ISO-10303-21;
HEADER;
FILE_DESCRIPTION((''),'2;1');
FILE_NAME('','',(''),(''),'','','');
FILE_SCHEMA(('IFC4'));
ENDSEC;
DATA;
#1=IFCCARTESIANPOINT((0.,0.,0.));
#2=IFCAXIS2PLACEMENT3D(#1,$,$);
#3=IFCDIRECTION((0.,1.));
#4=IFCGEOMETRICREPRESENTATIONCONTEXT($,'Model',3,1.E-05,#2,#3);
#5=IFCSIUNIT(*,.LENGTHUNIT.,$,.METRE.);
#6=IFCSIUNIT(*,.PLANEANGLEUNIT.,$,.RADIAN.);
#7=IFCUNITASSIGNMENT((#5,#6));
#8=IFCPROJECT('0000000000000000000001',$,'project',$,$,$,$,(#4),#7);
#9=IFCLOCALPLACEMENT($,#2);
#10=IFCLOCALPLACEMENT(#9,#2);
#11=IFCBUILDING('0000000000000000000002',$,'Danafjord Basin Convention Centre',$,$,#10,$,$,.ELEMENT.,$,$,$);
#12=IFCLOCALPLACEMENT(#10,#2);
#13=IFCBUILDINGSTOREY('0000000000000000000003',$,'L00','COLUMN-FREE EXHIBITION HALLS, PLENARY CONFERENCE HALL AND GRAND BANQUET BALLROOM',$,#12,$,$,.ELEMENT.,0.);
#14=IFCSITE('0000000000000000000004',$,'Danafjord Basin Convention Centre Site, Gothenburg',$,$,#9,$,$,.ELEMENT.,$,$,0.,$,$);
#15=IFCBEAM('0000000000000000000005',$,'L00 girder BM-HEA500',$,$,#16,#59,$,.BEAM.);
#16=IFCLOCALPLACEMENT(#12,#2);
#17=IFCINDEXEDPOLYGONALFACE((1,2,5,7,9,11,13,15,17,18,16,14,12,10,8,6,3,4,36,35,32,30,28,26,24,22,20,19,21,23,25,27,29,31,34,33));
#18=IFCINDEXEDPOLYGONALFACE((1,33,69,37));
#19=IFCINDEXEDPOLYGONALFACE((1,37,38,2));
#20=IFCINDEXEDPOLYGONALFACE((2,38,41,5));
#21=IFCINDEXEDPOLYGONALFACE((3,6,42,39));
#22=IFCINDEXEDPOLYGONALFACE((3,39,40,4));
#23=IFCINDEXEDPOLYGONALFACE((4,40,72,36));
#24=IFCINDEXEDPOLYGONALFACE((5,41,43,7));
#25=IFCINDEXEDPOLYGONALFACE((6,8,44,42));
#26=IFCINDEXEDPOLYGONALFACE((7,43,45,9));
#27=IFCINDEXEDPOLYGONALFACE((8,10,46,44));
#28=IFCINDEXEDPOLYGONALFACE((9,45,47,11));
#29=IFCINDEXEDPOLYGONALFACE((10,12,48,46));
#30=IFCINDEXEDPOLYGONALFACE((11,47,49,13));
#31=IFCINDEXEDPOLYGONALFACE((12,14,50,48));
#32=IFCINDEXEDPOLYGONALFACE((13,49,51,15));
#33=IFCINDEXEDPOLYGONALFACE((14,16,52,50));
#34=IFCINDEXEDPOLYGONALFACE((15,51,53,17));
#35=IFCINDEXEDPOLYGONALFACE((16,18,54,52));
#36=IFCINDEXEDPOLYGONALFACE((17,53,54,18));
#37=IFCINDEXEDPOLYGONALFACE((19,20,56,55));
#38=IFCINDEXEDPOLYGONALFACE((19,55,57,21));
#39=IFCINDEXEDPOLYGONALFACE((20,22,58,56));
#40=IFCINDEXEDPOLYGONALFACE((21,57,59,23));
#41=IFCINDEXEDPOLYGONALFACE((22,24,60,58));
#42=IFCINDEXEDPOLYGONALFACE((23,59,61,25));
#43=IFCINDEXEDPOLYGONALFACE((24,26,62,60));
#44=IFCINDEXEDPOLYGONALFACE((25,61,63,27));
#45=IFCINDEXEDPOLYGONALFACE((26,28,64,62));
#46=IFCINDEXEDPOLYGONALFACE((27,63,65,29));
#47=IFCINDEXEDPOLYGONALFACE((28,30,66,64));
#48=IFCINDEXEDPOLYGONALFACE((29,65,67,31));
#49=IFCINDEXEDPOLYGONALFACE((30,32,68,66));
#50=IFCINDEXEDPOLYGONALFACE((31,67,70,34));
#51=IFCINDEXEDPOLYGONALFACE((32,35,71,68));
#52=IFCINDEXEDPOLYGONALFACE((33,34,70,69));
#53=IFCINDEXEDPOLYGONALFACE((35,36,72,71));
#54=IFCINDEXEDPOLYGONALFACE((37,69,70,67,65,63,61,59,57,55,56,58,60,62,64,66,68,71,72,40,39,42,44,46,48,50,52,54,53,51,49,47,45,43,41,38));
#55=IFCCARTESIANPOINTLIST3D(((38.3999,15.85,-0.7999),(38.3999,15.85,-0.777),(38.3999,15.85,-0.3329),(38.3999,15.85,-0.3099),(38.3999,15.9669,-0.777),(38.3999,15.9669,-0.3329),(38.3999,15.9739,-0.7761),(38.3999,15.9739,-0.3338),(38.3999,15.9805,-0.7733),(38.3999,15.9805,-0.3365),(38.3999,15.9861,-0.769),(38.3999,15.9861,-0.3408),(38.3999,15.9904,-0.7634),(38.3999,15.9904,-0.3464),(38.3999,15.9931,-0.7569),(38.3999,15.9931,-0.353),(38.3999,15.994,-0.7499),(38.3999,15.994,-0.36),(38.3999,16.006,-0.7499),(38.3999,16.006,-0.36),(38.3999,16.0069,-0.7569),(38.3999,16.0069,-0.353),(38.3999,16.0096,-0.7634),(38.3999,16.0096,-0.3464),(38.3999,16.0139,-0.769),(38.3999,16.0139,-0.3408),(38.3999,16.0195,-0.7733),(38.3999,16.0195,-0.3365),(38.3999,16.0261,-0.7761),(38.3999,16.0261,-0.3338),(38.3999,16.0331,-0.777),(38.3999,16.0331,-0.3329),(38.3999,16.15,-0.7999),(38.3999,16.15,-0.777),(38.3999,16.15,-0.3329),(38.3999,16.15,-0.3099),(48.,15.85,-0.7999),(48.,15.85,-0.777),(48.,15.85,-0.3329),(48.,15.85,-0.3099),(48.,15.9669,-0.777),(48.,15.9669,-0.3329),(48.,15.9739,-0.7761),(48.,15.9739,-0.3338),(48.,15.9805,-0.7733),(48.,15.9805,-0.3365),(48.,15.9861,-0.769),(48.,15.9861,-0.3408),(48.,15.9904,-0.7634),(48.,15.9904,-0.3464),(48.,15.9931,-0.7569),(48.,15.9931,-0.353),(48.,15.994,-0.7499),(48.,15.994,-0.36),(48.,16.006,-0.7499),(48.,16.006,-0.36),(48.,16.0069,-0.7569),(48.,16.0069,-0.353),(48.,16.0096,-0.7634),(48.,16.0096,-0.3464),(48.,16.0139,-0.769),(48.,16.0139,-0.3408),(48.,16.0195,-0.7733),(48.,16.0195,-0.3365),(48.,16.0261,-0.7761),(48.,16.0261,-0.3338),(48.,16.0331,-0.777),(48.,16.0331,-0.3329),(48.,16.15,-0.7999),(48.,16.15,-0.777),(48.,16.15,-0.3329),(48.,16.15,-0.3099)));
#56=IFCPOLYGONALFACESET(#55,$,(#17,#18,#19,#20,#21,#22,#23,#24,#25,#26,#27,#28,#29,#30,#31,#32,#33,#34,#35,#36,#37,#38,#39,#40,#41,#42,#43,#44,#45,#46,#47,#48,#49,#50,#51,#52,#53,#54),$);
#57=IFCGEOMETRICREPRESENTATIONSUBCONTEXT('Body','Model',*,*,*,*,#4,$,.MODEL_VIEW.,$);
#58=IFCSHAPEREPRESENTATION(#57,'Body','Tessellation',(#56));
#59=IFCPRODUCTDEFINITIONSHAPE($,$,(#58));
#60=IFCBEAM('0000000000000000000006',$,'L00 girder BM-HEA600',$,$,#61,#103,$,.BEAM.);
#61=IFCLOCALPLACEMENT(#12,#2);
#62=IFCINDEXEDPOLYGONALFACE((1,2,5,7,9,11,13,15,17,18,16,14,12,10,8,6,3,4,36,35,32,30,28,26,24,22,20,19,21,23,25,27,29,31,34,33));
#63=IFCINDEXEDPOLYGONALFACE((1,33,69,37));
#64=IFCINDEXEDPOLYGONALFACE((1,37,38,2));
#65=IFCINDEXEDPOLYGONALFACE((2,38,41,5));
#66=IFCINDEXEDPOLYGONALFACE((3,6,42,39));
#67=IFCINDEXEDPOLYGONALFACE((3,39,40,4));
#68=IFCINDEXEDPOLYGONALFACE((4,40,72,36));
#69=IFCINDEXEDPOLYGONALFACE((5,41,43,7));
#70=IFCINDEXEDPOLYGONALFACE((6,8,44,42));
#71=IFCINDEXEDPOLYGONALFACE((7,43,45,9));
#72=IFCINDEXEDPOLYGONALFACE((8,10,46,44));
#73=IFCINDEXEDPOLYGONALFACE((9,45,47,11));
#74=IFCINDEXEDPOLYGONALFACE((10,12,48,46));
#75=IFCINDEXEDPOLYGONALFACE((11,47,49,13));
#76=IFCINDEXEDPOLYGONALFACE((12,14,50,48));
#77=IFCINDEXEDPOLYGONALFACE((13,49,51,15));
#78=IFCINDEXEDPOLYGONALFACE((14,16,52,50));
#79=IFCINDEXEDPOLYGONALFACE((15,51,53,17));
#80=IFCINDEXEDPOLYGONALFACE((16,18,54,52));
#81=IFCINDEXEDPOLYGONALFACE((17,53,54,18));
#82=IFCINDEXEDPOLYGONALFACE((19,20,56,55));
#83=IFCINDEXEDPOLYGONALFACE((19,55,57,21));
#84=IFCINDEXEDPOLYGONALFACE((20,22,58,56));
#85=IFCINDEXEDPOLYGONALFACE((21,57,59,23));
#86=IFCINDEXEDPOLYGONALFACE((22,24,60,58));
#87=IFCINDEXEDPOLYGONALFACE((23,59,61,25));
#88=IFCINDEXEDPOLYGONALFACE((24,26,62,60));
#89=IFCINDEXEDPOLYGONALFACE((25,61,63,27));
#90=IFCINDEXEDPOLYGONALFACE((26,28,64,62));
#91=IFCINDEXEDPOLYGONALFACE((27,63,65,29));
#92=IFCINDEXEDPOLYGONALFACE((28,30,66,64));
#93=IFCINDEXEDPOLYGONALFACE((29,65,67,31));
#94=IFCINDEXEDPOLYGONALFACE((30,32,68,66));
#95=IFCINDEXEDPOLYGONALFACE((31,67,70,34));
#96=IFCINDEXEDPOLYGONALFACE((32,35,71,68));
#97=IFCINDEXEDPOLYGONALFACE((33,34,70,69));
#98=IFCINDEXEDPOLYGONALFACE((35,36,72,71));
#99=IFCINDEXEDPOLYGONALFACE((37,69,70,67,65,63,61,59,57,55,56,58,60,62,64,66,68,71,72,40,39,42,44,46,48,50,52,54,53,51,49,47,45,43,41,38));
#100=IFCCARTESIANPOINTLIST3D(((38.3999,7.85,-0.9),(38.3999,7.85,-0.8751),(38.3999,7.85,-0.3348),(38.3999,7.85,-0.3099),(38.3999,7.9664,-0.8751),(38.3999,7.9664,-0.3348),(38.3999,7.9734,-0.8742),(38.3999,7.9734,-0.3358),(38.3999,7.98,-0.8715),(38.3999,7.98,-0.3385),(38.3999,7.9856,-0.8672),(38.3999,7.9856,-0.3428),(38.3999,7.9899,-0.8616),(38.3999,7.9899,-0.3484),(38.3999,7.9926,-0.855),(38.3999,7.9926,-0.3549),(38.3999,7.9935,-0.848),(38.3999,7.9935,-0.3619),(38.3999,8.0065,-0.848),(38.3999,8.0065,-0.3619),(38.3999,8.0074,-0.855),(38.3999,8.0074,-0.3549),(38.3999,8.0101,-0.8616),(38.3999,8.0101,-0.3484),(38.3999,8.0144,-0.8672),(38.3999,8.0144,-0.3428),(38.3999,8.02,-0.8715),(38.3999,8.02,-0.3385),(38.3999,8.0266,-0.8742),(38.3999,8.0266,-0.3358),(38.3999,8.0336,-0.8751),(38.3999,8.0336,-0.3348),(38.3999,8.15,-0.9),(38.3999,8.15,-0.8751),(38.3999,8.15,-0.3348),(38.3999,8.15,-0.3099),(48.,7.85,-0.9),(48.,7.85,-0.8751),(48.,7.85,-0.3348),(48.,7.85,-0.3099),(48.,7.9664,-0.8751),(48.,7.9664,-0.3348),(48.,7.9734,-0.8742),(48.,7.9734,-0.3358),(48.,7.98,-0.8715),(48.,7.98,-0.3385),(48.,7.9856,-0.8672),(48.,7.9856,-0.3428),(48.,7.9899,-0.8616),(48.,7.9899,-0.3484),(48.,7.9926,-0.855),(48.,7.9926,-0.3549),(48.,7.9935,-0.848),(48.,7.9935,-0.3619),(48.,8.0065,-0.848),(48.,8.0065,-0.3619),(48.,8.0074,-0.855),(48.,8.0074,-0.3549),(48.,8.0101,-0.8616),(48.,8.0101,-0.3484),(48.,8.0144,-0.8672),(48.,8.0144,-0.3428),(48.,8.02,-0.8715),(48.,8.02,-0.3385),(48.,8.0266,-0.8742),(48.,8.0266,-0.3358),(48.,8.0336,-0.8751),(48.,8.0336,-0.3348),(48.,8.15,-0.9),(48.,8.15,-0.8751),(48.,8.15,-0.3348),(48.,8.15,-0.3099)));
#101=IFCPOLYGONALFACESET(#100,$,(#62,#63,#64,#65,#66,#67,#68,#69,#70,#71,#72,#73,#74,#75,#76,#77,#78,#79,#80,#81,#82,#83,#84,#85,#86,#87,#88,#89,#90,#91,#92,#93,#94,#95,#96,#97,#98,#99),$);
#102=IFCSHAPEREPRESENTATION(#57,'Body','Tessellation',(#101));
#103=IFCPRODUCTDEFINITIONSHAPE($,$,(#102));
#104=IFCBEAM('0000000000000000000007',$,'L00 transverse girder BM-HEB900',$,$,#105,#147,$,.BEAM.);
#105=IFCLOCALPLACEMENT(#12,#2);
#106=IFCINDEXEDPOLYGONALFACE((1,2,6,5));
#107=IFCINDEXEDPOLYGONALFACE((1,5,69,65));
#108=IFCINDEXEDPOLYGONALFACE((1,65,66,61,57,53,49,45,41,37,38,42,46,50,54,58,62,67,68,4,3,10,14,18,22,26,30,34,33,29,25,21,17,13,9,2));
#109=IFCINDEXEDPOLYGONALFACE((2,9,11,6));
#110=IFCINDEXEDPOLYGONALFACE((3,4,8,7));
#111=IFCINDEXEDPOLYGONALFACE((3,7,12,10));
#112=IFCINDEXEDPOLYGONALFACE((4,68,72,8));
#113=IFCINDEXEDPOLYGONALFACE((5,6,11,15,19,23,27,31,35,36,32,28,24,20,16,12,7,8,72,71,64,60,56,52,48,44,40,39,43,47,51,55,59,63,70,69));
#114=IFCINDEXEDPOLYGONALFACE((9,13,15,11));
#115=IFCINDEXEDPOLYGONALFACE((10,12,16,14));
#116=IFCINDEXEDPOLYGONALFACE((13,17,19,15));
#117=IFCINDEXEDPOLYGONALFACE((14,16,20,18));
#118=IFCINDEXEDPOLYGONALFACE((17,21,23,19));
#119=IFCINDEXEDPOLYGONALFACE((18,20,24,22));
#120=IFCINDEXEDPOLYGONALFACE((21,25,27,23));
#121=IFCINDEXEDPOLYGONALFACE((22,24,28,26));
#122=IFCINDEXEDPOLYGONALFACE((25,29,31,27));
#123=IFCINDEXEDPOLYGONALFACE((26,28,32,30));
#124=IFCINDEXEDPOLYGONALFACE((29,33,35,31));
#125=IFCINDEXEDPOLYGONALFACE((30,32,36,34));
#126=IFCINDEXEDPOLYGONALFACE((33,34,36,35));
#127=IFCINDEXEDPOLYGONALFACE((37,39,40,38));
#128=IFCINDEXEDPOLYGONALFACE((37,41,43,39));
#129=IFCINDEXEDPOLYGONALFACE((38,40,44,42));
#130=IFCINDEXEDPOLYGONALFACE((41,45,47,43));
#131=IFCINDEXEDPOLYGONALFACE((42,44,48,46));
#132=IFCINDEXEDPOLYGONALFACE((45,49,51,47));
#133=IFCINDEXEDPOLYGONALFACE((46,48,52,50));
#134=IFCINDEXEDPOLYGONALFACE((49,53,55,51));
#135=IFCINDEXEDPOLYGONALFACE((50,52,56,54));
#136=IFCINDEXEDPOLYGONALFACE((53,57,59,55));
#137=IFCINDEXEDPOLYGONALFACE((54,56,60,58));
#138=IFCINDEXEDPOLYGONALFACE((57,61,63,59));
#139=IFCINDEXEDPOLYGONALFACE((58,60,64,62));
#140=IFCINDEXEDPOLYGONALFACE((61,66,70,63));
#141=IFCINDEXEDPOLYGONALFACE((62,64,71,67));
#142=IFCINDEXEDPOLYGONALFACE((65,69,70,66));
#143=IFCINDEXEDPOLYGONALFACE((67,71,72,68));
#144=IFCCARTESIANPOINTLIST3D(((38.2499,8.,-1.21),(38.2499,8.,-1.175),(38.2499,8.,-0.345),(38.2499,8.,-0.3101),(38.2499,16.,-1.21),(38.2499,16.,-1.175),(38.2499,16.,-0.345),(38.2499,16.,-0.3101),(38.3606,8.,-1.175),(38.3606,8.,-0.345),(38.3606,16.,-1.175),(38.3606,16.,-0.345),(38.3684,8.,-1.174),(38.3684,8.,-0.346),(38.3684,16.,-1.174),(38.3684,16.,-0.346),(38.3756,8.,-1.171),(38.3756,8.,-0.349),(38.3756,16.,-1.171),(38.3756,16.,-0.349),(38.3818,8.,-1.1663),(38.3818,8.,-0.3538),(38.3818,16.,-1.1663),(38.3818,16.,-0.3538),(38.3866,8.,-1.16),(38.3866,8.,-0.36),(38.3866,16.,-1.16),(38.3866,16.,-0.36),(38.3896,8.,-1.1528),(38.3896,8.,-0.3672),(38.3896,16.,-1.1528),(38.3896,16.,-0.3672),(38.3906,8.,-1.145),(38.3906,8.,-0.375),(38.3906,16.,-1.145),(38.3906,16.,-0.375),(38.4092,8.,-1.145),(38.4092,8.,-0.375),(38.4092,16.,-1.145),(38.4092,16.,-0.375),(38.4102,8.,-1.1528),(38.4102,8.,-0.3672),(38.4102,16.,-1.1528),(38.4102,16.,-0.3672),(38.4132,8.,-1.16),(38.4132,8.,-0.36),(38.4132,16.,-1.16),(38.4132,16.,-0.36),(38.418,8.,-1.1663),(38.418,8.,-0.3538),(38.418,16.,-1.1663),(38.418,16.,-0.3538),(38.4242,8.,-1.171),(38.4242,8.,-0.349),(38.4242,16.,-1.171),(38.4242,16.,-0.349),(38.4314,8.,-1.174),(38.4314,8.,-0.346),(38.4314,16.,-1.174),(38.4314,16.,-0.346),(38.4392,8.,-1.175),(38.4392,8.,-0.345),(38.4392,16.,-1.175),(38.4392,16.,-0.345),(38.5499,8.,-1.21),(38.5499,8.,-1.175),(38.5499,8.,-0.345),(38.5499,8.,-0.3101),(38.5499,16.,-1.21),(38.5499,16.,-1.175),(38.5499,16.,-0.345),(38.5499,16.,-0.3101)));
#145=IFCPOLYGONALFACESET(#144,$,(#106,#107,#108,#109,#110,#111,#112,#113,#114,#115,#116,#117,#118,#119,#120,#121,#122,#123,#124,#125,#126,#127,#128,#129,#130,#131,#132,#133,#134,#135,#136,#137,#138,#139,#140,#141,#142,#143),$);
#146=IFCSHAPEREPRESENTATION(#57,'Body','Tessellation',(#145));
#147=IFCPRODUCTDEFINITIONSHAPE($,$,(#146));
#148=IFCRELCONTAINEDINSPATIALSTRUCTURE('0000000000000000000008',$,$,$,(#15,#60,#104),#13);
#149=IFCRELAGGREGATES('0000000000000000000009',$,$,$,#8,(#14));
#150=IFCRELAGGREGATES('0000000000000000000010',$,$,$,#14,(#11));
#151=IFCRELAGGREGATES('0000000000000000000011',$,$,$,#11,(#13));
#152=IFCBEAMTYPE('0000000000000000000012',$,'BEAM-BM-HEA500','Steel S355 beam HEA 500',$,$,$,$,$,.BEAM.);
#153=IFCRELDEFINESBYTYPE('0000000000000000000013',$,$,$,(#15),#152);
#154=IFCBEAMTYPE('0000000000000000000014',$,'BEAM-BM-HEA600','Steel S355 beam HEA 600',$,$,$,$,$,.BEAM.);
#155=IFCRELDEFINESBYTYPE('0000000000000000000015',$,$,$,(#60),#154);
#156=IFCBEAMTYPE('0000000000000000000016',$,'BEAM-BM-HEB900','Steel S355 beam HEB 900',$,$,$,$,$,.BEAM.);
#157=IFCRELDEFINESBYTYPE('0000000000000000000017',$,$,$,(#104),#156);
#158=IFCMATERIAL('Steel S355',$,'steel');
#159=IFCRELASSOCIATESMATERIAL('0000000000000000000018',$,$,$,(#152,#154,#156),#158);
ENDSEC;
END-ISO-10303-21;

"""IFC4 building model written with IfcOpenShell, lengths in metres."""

from ifc_helpers import new_model, si_unit, direction, frame, origin, origin_2d, place, context, subcontext, project, spatial, i_section, extrude, material, material_profile, profile_set, type_object, element, save


model = new_model("IFC4")

# Units and contexts
model_context = context("Model", 3, precision=1e-05, world=origin(), true_north=direction((0.0, 1.0)))
body_context = subcontext(model_context, "Body", "Model", "MODEL_VIEW")
ifc_project = project(units=[si_unit("LENGTHUNIT", "METRE"), si_unit("PLANEANGLEUNIT", "RADIAN")], contexts=[model_context])

# Site, building, storey
site_placement = place(None, origin())
site = spatial("IfcSite", under=ifc_project, at=site_placement, Name="Danafjord Basin Convention Centre Site, Gothenburg", CompositionType="ELEMENT", RefElevation=0.0)
building_placement = place(site_placement, origin())
building = spatial("IfcBuilding", under=site, at=building_placement, Name="Danafjord Basin Convention Centre", CompositionType="ELEMENT")
storey_placement = place(building_placement, origin())
storey = spatial("IfcBuildingStorey", under=building, at=storey_placement, Name="L00", Description="COLUMN-FREE EXHIBITION HALLS, PLENARY CONFERENCE HALL AND GRAND BANQUET BALLROOM", CompositionType="ELEMENT", Elevation=0.0)

# Shared definitions
ifc_material_1 = material(Name="Steel S355", Category="steel")

# Beams
ifc_material_profile_1 = material_profile(ifc_material_1, i_section(OverallWidth=0.3, OverallDepth=0.49, WebThickness=0.012, FlangeThickness=0.0229, FilletRadius=0.0271, at=origin_2d()), Name="HEA 500")
ifc_profile_set_1 = profile_set([ifc_material_profile_1], Name="Steel S355")
beam_type_1 = type_object("IfcBeamType", Name="BEAM-BM-HEA500", Description="Steel S355 beam HEA 500", PredefinedType="BEAM", material=ifc_profile_set_1)
beam_1_placement = place(storey_placement, frame((38.3999, 16.0, -0.5549), z_axis=(1.0, 0.0, 0.0), x_axis=(0.0, 1.0, 0.0)))
element("IfcBeam", 1, at=beam_1_placement, inside=storey, type_object=beam_type_1, Name="L00 girder BM-HEA500", PredefinedType="BEAM", context=body_context, shape_type="SweptSolid", body=[
    extrude(i_section(OverallWidth=0.3, OverallDepth=0.49, WebThickness=0.012, FlangeThickness=0.0229, FilletRadius=0.0271, at=origin_2d()), origin(), (0.0, 0.0, 1.0), 9.6001),
])
ifc_material_profile_2 = material_profile(ifc_material_1, i_section(OverallWidth=0.3, OverallDepth=0.5901, WebThickness=0.0129, FlangeThickness=0.0249, FilletRadius=0.0271, at=origin_2d()), Name="HEA 600")
ifc_profile_set_2 = profile_set([ifc_material_profile_2], Name="Steel S355")
beam_type_2 = type_object("IfcBeamType", Name="BEAM-BM-HEA600", Description="Steel S355 beam HEA 600", PredefinedType="BEAM", material=ifc_profile_set_2)
beam_2_placement = place(storey_placement, frame((38.3999, 8.0, -0.605), z_axis=(1.0, 0.0, 0.0), x_axis=(0.0, 1.0, 0.0)))
element("IfcBeam", 2, at=beam_2_placement, inside=storey, type_object=beam_type_2, Name="L00 girder BM-HEA600", PredefinedType="BEAM", context=body_context, shape_type="SweptSolid", body=[
    extrude(i_section(OverallWidth=0.3, OverallDepth=0.5901, WebThickness=0.0129, FlangeThickness=0.0249, FilletRadius=0.0271, at=origin_2d()), origin(), (0.0, 0.0, 1.0), 9.6001),
])
ifc_material_profile_3 = material_profile(ifc_material_1, i_section(OverallWidth=0.3, OverallDepth=0.8999, WebThickness=0.0186, FlangeThickness=0.0349, FilletRadius=0.03, at=origin_2d()), Name="HEB 900")
ifc_profile_set_3 = profile_set([ifc_material_profile_3], Name="Steel S355")
beam_type_3 = type_object("IfcBeamType", Name="BEAM-BM-HEB900", Description="Steel S355 beam HEB 900", PredefinedType="BEAM", material=ifc_profile_set_3)
beam_3_placement = place(storey_placement, frame((38.3999, 8.0, -0.76), z_axis=(0.0, 1.0, 0.0), x_axis=(-1.0, 0.0, 0.0)))
element("IfcBeam", 3, at=beam_3_placement, inside=storey, type_object=beam_type_3, Name="L00 transverse girder BM-HEB900", PredefinedType="BEAM", context=body_context, shape_type="SweptSolid", body=[
    extrude(i_section(OverallWidth=0.3, OverallDepth=0.8999, WebThickness=0.0186, FlangeThickness=0.0349, FilletRadius=0.03, at=origin_2d()), origin(), (0.0, 0.0, 1.0), 8.0),
])

save(model, "model.ifc")
